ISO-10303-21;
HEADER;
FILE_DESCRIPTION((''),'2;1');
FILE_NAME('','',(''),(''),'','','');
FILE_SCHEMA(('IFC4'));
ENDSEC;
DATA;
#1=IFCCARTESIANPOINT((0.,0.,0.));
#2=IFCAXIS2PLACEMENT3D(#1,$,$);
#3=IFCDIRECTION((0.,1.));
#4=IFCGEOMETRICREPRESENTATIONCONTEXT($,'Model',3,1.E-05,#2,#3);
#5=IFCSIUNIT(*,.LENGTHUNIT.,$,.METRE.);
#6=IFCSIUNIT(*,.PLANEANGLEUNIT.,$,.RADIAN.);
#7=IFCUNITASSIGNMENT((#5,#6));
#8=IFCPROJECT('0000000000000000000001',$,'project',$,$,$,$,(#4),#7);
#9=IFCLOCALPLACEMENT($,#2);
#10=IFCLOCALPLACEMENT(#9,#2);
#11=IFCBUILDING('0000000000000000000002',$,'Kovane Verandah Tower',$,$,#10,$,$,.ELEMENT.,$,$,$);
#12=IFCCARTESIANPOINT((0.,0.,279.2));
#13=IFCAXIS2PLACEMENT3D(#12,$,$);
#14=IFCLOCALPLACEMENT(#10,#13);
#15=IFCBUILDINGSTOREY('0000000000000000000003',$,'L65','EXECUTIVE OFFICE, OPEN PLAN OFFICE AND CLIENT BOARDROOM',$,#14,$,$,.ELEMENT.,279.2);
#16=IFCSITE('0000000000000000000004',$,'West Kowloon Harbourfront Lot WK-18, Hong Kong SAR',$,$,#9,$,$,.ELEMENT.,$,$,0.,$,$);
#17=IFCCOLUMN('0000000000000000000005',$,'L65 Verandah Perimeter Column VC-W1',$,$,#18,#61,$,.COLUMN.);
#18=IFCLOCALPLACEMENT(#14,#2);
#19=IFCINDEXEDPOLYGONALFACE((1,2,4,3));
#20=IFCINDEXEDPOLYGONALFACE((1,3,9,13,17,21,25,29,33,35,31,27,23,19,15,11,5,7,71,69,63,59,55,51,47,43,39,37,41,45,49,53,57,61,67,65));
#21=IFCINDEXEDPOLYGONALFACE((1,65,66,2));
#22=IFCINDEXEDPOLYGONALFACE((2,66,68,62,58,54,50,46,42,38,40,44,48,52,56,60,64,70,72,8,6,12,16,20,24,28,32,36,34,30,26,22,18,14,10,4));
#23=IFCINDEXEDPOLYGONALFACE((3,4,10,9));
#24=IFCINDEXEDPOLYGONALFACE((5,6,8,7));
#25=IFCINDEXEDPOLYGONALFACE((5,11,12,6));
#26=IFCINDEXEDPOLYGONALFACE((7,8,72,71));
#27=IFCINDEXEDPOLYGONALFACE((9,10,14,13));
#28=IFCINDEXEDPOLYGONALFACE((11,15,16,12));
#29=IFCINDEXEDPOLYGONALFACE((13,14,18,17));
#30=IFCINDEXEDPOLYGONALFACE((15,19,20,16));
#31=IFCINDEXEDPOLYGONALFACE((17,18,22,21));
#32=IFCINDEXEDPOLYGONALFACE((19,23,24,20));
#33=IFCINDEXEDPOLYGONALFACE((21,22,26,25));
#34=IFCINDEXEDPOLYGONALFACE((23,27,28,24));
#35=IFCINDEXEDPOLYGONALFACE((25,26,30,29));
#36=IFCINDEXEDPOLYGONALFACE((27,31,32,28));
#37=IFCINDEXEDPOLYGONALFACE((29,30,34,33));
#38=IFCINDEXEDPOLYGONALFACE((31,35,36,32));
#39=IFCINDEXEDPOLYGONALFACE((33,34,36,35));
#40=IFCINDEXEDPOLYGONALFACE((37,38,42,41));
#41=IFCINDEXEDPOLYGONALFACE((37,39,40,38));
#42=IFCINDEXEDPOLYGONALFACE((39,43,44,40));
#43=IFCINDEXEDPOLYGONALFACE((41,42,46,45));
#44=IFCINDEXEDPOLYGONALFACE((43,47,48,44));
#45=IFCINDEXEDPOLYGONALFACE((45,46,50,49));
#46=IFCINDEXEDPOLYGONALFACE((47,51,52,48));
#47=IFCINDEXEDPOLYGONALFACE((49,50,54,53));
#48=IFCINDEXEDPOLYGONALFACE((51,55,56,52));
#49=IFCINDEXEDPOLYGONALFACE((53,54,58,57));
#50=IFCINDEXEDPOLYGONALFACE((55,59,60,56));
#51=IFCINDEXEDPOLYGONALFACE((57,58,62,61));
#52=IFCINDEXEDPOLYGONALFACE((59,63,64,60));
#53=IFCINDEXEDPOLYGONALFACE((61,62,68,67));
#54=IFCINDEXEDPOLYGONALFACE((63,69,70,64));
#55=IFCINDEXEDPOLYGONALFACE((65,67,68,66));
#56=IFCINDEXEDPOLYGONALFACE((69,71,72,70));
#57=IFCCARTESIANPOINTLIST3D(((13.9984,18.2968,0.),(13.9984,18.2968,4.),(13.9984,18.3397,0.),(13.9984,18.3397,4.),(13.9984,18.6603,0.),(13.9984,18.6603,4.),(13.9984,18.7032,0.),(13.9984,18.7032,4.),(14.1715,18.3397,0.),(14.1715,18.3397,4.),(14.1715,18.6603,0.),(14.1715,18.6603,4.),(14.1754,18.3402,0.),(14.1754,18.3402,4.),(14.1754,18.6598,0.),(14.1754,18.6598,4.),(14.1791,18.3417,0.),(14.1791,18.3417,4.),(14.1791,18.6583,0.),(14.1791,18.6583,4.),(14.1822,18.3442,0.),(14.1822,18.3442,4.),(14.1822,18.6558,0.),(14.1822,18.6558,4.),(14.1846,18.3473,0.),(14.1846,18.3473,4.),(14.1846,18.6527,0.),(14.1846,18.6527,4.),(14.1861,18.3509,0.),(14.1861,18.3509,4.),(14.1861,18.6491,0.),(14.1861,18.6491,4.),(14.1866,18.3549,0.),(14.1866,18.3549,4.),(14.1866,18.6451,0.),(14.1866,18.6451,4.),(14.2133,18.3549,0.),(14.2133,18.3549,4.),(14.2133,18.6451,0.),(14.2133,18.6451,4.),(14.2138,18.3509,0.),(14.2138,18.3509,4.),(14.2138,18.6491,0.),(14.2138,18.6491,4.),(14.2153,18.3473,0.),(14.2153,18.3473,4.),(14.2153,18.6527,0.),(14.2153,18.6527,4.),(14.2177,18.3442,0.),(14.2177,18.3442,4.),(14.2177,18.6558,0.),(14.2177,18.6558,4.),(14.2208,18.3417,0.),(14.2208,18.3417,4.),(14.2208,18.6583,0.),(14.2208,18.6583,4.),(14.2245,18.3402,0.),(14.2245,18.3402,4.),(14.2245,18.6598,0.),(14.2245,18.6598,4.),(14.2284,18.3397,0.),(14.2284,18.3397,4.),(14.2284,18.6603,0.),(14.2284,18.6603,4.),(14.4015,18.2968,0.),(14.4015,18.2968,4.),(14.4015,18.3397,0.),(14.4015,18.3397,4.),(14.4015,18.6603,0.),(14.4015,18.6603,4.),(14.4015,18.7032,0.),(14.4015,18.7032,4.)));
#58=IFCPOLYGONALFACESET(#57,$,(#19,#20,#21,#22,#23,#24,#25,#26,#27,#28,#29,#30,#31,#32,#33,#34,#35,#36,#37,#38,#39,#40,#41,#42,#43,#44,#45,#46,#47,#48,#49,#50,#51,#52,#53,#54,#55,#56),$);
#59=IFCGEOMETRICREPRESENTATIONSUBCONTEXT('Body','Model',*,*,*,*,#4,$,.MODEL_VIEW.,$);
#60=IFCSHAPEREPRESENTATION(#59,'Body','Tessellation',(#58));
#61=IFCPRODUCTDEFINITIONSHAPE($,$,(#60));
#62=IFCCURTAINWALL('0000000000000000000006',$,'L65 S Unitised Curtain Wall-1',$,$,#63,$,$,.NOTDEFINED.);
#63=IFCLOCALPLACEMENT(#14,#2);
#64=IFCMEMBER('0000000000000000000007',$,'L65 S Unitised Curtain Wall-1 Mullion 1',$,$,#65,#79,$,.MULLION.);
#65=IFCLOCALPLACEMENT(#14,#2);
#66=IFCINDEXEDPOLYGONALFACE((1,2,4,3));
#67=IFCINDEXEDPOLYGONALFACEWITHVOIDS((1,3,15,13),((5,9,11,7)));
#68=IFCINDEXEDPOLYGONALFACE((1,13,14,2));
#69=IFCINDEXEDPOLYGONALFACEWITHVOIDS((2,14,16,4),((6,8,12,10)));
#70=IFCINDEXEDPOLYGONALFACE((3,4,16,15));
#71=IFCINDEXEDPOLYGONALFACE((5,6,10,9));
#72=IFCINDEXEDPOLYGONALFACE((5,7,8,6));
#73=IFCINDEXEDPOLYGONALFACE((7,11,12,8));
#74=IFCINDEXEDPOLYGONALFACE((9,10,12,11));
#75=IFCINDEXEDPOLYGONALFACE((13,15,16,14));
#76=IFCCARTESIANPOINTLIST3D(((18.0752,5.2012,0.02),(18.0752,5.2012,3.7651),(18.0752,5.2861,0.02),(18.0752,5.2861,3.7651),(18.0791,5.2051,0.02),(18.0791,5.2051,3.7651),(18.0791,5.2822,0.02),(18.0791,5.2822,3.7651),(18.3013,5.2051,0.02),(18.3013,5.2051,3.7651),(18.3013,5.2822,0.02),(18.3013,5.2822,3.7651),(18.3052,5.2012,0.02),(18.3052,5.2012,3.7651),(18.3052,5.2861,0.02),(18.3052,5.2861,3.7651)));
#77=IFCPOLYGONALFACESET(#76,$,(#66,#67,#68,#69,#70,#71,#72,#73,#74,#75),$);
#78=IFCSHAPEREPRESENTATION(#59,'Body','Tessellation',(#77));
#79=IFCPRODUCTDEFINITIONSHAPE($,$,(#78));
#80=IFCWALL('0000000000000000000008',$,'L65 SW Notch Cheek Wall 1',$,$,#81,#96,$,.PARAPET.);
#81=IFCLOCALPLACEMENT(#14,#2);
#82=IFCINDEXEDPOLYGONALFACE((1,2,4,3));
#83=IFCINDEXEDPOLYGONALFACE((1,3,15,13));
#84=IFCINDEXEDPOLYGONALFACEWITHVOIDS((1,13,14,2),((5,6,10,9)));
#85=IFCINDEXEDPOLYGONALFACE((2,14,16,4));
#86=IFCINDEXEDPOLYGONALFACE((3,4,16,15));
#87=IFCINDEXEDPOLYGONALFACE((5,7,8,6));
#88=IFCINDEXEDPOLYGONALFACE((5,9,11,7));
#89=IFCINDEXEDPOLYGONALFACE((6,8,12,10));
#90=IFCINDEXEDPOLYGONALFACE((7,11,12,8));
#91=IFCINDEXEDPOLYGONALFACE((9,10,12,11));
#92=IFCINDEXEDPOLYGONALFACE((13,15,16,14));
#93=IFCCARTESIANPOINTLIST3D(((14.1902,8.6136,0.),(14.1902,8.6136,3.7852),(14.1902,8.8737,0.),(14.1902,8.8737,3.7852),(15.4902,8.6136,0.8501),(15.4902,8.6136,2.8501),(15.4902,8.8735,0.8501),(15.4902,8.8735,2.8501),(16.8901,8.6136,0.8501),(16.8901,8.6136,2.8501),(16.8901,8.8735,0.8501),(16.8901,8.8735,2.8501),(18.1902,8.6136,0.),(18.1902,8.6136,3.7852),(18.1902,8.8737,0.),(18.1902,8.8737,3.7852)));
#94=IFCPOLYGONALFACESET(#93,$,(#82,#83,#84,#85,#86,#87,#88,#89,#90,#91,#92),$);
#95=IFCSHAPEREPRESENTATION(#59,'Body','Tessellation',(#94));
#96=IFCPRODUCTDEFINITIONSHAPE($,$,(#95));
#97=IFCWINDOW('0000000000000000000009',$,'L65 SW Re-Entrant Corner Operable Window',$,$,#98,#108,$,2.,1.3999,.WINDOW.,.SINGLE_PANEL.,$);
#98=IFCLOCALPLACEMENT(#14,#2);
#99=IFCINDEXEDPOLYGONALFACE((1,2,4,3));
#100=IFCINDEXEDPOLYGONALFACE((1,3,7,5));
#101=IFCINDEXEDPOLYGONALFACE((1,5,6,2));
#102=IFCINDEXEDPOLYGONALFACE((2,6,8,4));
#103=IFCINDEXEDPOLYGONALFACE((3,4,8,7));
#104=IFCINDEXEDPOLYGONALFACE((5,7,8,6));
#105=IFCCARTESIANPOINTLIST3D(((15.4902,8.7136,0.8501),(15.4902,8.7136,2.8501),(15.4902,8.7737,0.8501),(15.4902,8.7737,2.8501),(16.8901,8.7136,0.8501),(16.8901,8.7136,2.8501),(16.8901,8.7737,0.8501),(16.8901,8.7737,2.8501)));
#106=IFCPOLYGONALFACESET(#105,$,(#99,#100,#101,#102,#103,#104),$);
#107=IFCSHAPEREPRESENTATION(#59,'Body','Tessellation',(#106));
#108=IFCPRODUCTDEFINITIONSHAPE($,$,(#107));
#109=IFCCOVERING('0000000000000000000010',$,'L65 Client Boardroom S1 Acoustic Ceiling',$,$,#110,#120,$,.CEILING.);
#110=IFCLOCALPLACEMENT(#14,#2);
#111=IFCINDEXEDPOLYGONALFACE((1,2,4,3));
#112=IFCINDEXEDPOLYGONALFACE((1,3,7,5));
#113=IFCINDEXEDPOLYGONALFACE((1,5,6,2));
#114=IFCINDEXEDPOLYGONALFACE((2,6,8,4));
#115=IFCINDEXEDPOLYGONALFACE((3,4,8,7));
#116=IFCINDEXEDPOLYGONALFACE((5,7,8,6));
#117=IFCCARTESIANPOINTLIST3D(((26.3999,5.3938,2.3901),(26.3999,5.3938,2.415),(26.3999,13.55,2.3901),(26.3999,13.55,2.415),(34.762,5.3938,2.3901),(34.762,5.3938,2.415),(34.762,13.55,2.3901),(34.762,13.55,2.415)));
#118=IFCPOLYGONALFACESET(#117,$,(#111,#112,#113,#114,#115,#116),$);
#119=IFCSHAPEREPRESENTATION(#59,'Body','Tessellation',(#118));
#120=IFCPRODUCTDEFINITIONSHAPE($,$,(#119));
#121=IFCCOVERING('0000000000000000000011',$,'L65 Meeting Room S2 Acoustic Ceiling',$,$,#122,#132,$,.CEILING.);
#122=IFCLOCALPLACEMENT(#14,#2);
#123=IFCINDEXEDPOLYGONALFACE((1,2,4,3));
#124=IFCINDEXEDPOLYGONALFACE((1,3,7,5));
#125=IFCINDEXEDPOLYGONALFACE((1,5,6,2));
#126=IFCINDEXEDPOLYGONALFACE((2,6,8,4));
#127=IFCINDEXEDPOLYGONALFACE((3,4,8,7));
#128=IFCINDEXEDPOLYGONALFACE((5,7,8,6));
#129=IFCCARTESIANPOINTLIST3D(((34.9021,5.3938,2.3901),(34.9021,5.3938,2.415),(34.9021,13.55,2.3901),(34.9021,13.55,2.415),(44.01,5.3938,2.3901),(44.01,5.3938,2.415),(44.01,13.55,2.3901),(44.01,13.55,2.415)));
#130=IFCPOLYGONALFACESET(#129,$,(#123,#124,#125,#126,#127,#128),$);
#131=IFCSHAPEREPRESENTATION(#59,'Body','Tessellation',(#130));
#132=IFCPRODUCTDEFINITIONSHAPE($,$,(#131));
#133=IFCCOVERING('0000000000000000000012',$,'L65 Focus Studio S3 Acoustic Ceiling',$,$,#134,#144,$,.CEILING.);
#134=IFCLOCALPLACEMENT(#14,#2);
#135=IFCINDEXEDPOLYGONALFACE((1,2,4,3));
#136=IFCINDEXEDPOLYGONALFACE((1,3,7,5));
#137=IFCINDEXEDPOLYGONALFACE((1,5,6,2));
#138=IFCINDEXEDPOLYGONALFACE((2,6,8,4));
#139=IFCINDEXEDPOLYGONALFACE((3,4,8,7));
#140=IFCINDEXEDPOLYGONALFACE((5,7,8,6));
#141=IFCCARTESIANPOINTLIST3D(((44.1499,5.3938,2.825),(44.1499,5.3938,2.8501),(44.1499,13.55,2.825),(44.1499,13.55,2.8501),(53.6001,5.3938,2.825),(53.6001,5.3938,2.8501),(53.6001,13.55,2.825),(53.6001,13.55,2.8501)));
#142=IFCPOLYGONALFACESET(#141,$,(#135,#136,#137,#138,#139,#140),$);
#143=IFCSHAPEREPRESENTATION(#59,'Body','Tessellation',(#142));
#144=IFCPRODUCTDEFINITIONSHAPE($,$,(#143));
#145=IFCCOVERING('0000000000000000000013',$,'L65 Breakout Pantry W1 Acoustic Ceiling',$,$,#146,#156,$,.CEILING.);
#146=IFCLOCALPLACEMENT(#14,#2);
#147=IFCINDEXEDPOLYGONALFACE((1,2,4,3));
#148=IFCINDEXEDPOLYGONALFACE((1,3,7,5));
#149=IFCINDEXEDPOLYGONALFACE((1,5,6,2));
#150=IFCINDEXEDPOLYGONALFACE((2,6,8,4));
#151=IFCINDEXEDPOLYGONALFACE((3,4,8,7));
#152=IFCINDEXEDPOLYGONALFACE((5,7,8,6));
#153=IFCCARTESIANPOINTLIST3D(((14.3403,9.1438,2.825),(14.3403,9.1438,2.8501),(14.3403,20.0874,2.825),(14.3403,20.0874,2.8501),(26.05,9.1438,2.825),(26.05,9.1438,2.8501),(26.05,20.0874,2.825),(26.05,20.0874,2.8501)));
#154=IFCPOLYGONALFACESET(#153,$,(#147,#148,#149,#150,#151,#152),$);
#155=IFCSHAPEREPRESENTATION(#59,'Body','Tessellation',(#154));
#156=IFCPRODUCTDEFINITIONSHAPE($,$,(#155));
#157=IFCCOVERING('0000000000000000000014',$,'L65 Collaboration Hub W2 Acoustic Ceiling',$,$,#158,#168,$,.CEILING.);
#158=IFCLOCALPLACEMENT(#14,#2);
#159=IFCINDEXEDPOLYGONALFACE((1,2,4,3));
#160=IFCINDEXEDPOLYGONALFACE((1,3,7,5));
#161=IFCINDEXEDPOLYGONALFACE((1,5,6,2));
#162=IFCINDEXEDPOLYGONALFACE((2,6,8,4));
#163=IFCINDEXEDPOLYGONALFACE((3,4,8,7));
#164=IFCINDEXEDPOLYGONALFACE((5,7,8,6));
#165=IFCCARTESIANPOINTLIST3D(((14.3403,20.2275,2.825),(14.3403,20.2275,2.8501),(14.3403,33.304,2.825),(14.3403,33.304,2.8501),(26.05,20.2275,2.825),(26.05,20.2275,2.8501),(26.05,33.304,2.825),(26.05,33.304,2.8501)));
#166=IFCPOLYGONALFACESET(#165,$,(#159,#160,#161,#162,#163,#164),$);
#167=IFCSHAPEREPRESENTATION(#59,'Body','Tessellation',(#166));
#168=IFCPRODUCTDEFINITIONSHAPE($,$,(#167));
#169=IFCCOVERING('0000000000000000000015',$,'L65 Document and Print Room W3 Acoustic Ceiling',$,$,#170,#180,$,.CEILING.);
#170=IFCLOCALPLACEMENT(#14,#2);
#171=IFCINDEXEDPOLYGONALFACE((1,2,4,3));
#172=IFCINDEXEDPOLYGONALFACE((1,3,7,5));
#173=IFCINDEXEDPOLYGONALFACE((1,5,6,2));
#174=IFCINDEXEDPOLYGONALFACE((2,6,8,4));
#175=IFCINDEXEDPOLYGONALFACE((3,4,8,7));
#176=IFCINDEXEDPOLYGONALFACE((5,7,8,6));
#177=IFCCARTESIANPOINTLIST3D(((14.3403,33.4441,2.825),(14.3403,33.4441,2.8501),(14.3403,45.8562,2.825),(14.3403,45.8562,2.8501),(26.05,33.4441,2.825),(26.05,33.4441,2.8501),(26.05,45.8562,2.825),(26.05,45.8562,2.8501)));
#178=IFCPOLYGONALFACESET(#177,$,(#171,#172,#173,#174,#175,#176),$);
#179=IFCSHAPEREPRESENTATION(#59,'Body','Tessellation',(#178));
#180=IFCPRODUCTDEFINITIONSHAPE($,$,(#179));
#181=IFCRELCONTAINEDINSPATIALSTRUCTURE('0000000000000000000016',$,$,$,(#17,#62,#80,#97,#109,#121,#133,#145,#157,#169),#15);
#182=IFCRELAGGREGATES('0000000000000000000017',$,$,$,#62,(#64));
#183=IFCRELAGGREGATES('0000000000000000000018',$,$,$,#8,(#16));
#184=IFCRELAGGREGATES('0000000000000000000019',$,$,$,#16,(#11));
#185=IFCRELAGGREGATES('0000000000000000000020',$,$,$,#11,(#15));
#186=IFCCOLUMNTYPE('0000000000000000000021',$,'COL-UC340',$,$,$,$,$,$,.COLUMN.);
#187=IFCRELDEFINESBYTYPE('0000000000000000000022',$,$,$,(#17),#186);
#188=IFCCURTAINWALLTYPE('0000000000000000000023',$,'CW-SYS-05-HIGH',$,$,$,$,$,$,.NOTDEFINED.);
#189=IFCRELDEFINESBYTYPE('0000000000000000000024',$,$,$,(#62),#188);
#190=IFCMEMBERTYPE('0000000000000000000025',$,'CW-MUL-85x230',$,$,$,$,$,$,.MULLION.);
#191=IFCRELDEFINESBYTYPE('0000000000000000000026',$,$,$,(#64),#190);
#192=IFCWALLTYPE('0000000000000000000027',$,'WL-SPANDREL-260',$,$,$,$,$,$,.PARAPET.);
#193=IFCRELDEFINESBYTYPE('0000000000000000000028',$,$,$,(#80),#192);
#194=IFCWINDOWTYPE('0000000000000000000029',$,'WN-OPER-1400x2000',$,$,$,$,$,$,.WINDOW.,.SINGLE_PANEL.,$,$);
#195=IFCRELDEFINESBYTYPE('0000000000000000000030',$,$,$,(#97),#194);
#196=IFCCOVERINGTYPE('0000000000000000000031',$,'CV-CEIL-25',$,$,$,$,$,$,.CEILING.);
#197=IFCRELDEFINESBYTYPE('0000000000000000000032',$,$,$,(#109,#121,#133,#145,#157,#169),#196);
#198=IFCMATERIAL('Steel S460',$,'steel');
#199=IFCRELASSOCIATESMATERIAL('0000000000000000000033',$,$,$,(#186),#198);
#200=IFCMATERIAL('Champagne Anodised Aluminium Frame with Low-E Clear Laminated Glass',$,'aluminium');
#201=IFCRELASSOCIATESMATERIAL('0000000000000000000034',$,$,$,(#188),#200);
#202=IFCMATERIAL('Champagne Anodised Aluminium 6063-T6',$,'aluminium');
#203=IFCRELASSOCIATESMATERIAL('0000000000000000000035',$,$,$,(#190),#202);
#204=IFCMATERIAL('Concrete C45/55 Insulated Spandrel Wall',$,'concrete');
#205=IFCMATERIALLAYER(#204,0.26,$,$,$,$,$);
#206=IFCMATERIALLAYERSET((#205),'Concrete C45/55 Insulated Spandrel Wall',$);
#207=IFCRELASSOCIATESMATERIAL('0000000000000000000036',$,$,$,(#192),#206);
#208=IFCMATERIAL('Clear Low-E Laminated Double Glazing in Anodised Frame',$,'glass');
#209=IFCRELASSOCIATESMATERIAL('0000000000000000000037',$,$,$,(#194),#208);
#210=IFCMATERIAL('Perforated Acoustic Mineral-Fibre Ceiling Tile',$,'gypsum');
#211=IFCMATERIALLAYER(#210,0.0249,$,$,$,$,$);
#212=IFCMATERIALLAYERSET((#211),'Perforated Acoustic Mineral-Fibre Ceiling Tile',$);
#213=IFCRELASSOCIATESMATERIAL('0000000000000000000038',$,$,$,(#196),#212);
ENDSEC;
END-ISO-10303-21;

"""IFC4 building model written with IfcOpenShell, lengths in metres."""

from ifc_helpers import new_model, si_unit, direction, frame, frame_2d, origin, origin_2d, place, context, subcontext, project, spatial, polyline, rectangle, hollow_rectangle, i_section, outline, extrude, material, layer, layer_set, material_profile, profile_set, type_object, element, fill, aggregate, save


model = new_model("IFC4")

# Units and contexts
model_context = context("Model", 3, precision=1e-05, world=origin(), true_north=direction((0.0, 1.0)))
body_context = subcontext(model_context, "Body", "Model", "MODEL_VIEW")
ifc_project = project(units=[si_unit("LENGTHUNIT", "METRE"), si_unit("PLANEANGLEUNIT", "RADIAN")], contexts=[model_context])

# Site, building, storey
site_placement = place(None, origin())
site = spatial("IfcSite", under=ifc_project, at=site_placement, Name="West Kowloon Harbourfront Lot WK-18, Hong Kong SAR", CompositionType="ELEMENT", RefElevation=0.0)
building_placement = place(site_placement, origin())
building = spatial("IfcBuilding", under=site, at=building_placement, Name="Kovane Verandah Tower", CompositionType="ELEMENT")
storey_placement = place(building_placement, frame((0.0, 0.0, 279.2)))
storey = spatial("IfcBuildingStorey", under=building, at=storey_placement, Name="L65", Description="EXECUTIVE OFFICE, OPEN PLAN OFFICE AND CLIENT BOARDROOM", CompositionType="ELEMENT", Elevation=279.2)

# Column
ifc_material_1 = material(Name="Steel S460", Category="steel")
ifc_material_profile_1 = material_profile(ifc_material_1, i_section(OverallWidth=0.4031, OverallDepth=0.4065, WebThickness=0.0266, FlangeThickness=0.043, FilletRadius=0.0151, at=origin_2d()), Name="UC356x406x340")
ifc_profile_set_1 = profile_set([ifc_material_profile_1], Name="Steel S460")
column_type = type_object("IfcColumnType", Name="COL-UC340", PredefinedType="COLUMN", material=ifc_profile_set_1)
column_placement = place(storey_placement, frame((14.2, 18.5, 0.0), z_axis=(0.0, 0.0, 1.0), x_axis=(1.0, 0.0, 0.0)))
element("IfcColumn", 1, at=column_placement, inside=storey, type_object=column_type, Name="L65 Verandah Perimeter Column VC-W1", PredefinedType="COLUMN", context=body_context, shape_type="SweptSolid", body=[
    extrude(i_section(OverallWidth=0.4031, OverallDepth=0.4065, WebThickness=0.0266, FlangeThickness=0.043, FilletRadius=0.0151, at=origin_2d()), origin(), (0.0, 0.0, 1.0), 4.0),
])

# Curtain wall, member
ifc_material_2 = material(Name="Champagne Anodised Aluminium Frame with Low-E Clear Laminated Glass", Category="aluminium")
curtain_wall_type = type_object("IfcCurtainWallType", Name="CW-SYS-05-HIGH", PredefinedType="NOTDEFINED", material=ifc_material_2)
curtain_wall_placement = place(storey_placement, origin())
curtain_wall = element("IfcCurtainWall", 2, at=curtain_wall_placement, inside=storey, type_object=curtain_wall_type, Name="L65 S Unitised Curtain Wall-1", PredefinedType="NOTDEFINED")
ifc_material_3 = material(Name="Champagne Anodised Aluminium 6063-T6", Category="aluminium")
ifc_material_profile_2 = material_profile(ifc_material_3, hollow_rectangle(XDim=0.085, YDim=0.23, WallThickness=0.0039, at=origin_2d()), Name="AL85x230x4")
ifc_profile_set_2 = profile_set([ifc_material_profile_2], Name="Champagne Anodised Aluminium 6063-T6")
member_type = type_object("IfcMemberType", Name="CW-MUL-85x230", PredefinedType="MULLION", material=ifc_profile_set_2)
member_placement = place(storey_placement, frame((18.1902, 5.2437, 0.02), z_axis=(0.0, 0.0, 1.0), x_axis=(0.0, -1.0, 0.0)))
member = element("IfcMember", 3, at=member_placement, type_object=member_type, Name="L65 S Unitised Curtain Wall-1 Mullion 1", PredefinedType="MULLION", context=body_context, shape_type="SweptSolid", body=[
    extrude(hollow_rectangle(XDim=0.085, YDim=0.23, WallThickness=0.0039, at=origin_2d()), origin(), (0.0, 0.0, 1.0), 3.7451),
])
aggregate(curtain_wall, [member])

# Wall, opening, window
ifc_material_4 = material(Name="Concrete C45/55 Insulated Spandrel Wall", Category="concrete")
ifc_layer_1 = layer(ifc_material_4, 0.26)
ifc_layer_set_1 = layer_set([ifc_layer_1], Name="Concrete C45/55 Insulated Spandrel Wall")
wall_type = type_object("IfcWallType", Name="WL-SPANDREL-260", PredefinedType="PARAPET", material=ifc_layer_set_1)
wall_placement = place(storey_placement, frame((14.1902, 8.7437, 0.0), z_axis=(0.0, 0.0, 1.0), x_axis=(1.0, 0.0, 0.0)))
wall = element("IfcWall", 4, at=wall_placement, inside=storey, type_object=wall_type, Name="L65 SW Notch Cheek Wall 1", PredefinedType="PARAPET", context=body_context, shape_type="SweptSolid", body=[
    extrude(rectangle(XDim=4.0, YDim=0.26, at=frame_2d((2.0, 0.0))), origin(), (0.0, 0.0, 1.0), 3.7852),
])
opening_placement = place(wall_placement, frame((1.3, 0.0, 0.8501)))
opening = element("IfcOpeningElement", 5, at=opening_placement, cuts=wall, PredefinedType="OPENING", context=body_context, shape_type="SweptSolid", body=[
    extrude(rectangle(XDim=1.3999, YDim=2.0, at=frame_2d((0.7, 1.0))), frame((0.0, 0.1299, 0.0), z_axis=(0.0, -1.0, 0.0), x_axis=(1.0, 0.0, 0.0)), (0.0, 0.0, 1.0), 0.26),
])
ifc_material_5 = material(Name="Clear Low-E Laminated Double Glazing in Anodised Frame", Category="glass")
window_type = type_object("IfcWindowType", Name="WN-OPER-1400x2000", PartitioningType="SINGLE_PANEL", PredefinedType="WINDOW", material=ifc_material_5)
window_placement = place(opening_placement, origin())
window = element("IfcWindow", 6, at=window_placement, inside=storey, type_object=window_type, Name="L65 SW Re-Entrant Corner Operable Window", OverallHeight=2.0, OverallWidth=1.3999, PartitioningType="SINGLE_PANEL", PredefinedType="WINDOW", context=body_context, shape_type="SweptSolid", body=[
    extrude(rectangle(XDim=1.3999, YDim=2.0, at=frame_2d((0.7, 1.0))), frame((0.0, 0.03, 0.0), z_axis=(0.0, -1.0, 0.0), x_axis=(1.0, 0.0, 0.0)), (0.0, 0.0, 1.0), 0.0601),
])
fill(opening, window)

# Coverings
ifc_material_6 = material(Name="Perforated Acoustic Mineral-Fibre Ceiling Tile", Category="gypsum")
ifc_layer_2 = layer(ifc_material_6, 0.0249)
ifc_layer_set_2 = layer_set([ifc_layer_2], Name="Perforated Acoustic Mineral-Fibre Ceiling Tile")
covering_type_1 = type_object("IfcCoveringType", Name="CV-CEIL-25", PredefinedType="CEILING", material=ifc_layer_set_2)
covering_1_placement = place(storey_placement, frame((0.0, 0.0, 2.3901)))
element("IfcCovering", 7, at=covering_1_placement, inside=storey, type_object=covering_type_1, Name="L65 Client Boardroom S1 Acoustic Ceiling", PredefinedType="CEILING", context=body_context, shape_type="SweptSolid", body=[
    extrude(outline(polyline([(26.3999, 5.3938), (34.762, 5.3938), (34.762, 13.55), (26.3999, 13.55), (26.3999, 5.3938)])), origin(), (0.0, 0.0, 1.0), 0.0249),
])
covering_2_placement = place(storey_placement, frame((0.0, 0.0, 2.3901)))
element("IfcCovering", 8, at=covering_2_placement, inside=storey, type_object=covering_type_1, Name="L65 Meeting Room S2 Acoustic Ceiling", PredefinedType="CEILING", context=body_context, shape_type="SweptSolid", body=[
    extrude(outline(polyline([(34.9021, 5.3938), (44.01, 5.3938), (44.01, 13.55), (34.9021, 13.55), (34.9021, 5.3938)])), origin(), (0.0, 0.0, 1.0), 0.0249),
])
covering_3_placement = place(storey_placement, frame((0.0, 0.0, 2.825)))
element("IfcCovering", 9, at=covering_3_placement, inside=storey, type_object=covering_type_1, Name="L65 Focus Studio S3 Acoustic Ceiling", PredefinedType="CEILING", context=body_context, shape_type="SweptSolid", body=[
    extrude(outline(polyline([(44.1499, 5.3938), (53.6001, 5.3938), (53.6001, 13.55), (44.1499, 13.55), (44.1499, 5.3938)])), origin(), (0.0, 0.0, 1.0), 0.0251),
])
covering_4_placement = place(storey_placement, frame((0.0, 0.0, 2.825)))
element("IfcCovering", 10, at=covering_4_placement, inside=storey, type_object=covering_type_1, Name="L65 Breakout Pantry W1 Acoustic Ceiling", PredefinedType="CEILING", context=body_context, shape_type="SweptSolid", body=[
    extrude(outline(polyline([(14.3403, 9.1438), (26.05, 9.1438), (26.05, 20.0874), (14.3403, 20.0874), (14.3403, 9.1438)])), origin(), (0.0, 0.0, 1.0), 0.0251),
])
covering_5_placement = place(storey_placement, frame((0.0, 0.0, 2.825)))
element("IfcCovering", 11, at=covering_5_placement, inside=storey, type_object=covering_type_1, Name="L65 Collaboration Hub W2 Acoustic Ceiling", PredefinedType="CEILING", context=body_context, shape_type="SweptSolid", body=[
    extrude(outline(polyline([(14.3403, 20.2275), (26.05, 20.2275), (26.05, 33.304), (14.3403, 33.304), (14.3403, 20.2275)])), origin(), (0.0, 0.0, 1.0), 0.0251),
])
covering_6_placement = place(storey_placement, frame((0.0, 0.0, 2.825)))
element("IfcCovering", 12, at=covering_6_placement, inside=storey, type_object=covering_type_1, Name="L65 Document and Print Room W3 Acoustic Ceiling", PredefinedType="CEILING", context=body_context, shape_type="SweptSolid", body=[
    extrude(outline(polyline([(14.3403, 33.4441), (26.05, 33.4441), (26.05, 45.8562), (14.3403, 45.8562), (14.3403, 33.4441)])), origin(), (0.0, 0.0, 1.0), 0.0251),
])

save(model, "model.ifc")
